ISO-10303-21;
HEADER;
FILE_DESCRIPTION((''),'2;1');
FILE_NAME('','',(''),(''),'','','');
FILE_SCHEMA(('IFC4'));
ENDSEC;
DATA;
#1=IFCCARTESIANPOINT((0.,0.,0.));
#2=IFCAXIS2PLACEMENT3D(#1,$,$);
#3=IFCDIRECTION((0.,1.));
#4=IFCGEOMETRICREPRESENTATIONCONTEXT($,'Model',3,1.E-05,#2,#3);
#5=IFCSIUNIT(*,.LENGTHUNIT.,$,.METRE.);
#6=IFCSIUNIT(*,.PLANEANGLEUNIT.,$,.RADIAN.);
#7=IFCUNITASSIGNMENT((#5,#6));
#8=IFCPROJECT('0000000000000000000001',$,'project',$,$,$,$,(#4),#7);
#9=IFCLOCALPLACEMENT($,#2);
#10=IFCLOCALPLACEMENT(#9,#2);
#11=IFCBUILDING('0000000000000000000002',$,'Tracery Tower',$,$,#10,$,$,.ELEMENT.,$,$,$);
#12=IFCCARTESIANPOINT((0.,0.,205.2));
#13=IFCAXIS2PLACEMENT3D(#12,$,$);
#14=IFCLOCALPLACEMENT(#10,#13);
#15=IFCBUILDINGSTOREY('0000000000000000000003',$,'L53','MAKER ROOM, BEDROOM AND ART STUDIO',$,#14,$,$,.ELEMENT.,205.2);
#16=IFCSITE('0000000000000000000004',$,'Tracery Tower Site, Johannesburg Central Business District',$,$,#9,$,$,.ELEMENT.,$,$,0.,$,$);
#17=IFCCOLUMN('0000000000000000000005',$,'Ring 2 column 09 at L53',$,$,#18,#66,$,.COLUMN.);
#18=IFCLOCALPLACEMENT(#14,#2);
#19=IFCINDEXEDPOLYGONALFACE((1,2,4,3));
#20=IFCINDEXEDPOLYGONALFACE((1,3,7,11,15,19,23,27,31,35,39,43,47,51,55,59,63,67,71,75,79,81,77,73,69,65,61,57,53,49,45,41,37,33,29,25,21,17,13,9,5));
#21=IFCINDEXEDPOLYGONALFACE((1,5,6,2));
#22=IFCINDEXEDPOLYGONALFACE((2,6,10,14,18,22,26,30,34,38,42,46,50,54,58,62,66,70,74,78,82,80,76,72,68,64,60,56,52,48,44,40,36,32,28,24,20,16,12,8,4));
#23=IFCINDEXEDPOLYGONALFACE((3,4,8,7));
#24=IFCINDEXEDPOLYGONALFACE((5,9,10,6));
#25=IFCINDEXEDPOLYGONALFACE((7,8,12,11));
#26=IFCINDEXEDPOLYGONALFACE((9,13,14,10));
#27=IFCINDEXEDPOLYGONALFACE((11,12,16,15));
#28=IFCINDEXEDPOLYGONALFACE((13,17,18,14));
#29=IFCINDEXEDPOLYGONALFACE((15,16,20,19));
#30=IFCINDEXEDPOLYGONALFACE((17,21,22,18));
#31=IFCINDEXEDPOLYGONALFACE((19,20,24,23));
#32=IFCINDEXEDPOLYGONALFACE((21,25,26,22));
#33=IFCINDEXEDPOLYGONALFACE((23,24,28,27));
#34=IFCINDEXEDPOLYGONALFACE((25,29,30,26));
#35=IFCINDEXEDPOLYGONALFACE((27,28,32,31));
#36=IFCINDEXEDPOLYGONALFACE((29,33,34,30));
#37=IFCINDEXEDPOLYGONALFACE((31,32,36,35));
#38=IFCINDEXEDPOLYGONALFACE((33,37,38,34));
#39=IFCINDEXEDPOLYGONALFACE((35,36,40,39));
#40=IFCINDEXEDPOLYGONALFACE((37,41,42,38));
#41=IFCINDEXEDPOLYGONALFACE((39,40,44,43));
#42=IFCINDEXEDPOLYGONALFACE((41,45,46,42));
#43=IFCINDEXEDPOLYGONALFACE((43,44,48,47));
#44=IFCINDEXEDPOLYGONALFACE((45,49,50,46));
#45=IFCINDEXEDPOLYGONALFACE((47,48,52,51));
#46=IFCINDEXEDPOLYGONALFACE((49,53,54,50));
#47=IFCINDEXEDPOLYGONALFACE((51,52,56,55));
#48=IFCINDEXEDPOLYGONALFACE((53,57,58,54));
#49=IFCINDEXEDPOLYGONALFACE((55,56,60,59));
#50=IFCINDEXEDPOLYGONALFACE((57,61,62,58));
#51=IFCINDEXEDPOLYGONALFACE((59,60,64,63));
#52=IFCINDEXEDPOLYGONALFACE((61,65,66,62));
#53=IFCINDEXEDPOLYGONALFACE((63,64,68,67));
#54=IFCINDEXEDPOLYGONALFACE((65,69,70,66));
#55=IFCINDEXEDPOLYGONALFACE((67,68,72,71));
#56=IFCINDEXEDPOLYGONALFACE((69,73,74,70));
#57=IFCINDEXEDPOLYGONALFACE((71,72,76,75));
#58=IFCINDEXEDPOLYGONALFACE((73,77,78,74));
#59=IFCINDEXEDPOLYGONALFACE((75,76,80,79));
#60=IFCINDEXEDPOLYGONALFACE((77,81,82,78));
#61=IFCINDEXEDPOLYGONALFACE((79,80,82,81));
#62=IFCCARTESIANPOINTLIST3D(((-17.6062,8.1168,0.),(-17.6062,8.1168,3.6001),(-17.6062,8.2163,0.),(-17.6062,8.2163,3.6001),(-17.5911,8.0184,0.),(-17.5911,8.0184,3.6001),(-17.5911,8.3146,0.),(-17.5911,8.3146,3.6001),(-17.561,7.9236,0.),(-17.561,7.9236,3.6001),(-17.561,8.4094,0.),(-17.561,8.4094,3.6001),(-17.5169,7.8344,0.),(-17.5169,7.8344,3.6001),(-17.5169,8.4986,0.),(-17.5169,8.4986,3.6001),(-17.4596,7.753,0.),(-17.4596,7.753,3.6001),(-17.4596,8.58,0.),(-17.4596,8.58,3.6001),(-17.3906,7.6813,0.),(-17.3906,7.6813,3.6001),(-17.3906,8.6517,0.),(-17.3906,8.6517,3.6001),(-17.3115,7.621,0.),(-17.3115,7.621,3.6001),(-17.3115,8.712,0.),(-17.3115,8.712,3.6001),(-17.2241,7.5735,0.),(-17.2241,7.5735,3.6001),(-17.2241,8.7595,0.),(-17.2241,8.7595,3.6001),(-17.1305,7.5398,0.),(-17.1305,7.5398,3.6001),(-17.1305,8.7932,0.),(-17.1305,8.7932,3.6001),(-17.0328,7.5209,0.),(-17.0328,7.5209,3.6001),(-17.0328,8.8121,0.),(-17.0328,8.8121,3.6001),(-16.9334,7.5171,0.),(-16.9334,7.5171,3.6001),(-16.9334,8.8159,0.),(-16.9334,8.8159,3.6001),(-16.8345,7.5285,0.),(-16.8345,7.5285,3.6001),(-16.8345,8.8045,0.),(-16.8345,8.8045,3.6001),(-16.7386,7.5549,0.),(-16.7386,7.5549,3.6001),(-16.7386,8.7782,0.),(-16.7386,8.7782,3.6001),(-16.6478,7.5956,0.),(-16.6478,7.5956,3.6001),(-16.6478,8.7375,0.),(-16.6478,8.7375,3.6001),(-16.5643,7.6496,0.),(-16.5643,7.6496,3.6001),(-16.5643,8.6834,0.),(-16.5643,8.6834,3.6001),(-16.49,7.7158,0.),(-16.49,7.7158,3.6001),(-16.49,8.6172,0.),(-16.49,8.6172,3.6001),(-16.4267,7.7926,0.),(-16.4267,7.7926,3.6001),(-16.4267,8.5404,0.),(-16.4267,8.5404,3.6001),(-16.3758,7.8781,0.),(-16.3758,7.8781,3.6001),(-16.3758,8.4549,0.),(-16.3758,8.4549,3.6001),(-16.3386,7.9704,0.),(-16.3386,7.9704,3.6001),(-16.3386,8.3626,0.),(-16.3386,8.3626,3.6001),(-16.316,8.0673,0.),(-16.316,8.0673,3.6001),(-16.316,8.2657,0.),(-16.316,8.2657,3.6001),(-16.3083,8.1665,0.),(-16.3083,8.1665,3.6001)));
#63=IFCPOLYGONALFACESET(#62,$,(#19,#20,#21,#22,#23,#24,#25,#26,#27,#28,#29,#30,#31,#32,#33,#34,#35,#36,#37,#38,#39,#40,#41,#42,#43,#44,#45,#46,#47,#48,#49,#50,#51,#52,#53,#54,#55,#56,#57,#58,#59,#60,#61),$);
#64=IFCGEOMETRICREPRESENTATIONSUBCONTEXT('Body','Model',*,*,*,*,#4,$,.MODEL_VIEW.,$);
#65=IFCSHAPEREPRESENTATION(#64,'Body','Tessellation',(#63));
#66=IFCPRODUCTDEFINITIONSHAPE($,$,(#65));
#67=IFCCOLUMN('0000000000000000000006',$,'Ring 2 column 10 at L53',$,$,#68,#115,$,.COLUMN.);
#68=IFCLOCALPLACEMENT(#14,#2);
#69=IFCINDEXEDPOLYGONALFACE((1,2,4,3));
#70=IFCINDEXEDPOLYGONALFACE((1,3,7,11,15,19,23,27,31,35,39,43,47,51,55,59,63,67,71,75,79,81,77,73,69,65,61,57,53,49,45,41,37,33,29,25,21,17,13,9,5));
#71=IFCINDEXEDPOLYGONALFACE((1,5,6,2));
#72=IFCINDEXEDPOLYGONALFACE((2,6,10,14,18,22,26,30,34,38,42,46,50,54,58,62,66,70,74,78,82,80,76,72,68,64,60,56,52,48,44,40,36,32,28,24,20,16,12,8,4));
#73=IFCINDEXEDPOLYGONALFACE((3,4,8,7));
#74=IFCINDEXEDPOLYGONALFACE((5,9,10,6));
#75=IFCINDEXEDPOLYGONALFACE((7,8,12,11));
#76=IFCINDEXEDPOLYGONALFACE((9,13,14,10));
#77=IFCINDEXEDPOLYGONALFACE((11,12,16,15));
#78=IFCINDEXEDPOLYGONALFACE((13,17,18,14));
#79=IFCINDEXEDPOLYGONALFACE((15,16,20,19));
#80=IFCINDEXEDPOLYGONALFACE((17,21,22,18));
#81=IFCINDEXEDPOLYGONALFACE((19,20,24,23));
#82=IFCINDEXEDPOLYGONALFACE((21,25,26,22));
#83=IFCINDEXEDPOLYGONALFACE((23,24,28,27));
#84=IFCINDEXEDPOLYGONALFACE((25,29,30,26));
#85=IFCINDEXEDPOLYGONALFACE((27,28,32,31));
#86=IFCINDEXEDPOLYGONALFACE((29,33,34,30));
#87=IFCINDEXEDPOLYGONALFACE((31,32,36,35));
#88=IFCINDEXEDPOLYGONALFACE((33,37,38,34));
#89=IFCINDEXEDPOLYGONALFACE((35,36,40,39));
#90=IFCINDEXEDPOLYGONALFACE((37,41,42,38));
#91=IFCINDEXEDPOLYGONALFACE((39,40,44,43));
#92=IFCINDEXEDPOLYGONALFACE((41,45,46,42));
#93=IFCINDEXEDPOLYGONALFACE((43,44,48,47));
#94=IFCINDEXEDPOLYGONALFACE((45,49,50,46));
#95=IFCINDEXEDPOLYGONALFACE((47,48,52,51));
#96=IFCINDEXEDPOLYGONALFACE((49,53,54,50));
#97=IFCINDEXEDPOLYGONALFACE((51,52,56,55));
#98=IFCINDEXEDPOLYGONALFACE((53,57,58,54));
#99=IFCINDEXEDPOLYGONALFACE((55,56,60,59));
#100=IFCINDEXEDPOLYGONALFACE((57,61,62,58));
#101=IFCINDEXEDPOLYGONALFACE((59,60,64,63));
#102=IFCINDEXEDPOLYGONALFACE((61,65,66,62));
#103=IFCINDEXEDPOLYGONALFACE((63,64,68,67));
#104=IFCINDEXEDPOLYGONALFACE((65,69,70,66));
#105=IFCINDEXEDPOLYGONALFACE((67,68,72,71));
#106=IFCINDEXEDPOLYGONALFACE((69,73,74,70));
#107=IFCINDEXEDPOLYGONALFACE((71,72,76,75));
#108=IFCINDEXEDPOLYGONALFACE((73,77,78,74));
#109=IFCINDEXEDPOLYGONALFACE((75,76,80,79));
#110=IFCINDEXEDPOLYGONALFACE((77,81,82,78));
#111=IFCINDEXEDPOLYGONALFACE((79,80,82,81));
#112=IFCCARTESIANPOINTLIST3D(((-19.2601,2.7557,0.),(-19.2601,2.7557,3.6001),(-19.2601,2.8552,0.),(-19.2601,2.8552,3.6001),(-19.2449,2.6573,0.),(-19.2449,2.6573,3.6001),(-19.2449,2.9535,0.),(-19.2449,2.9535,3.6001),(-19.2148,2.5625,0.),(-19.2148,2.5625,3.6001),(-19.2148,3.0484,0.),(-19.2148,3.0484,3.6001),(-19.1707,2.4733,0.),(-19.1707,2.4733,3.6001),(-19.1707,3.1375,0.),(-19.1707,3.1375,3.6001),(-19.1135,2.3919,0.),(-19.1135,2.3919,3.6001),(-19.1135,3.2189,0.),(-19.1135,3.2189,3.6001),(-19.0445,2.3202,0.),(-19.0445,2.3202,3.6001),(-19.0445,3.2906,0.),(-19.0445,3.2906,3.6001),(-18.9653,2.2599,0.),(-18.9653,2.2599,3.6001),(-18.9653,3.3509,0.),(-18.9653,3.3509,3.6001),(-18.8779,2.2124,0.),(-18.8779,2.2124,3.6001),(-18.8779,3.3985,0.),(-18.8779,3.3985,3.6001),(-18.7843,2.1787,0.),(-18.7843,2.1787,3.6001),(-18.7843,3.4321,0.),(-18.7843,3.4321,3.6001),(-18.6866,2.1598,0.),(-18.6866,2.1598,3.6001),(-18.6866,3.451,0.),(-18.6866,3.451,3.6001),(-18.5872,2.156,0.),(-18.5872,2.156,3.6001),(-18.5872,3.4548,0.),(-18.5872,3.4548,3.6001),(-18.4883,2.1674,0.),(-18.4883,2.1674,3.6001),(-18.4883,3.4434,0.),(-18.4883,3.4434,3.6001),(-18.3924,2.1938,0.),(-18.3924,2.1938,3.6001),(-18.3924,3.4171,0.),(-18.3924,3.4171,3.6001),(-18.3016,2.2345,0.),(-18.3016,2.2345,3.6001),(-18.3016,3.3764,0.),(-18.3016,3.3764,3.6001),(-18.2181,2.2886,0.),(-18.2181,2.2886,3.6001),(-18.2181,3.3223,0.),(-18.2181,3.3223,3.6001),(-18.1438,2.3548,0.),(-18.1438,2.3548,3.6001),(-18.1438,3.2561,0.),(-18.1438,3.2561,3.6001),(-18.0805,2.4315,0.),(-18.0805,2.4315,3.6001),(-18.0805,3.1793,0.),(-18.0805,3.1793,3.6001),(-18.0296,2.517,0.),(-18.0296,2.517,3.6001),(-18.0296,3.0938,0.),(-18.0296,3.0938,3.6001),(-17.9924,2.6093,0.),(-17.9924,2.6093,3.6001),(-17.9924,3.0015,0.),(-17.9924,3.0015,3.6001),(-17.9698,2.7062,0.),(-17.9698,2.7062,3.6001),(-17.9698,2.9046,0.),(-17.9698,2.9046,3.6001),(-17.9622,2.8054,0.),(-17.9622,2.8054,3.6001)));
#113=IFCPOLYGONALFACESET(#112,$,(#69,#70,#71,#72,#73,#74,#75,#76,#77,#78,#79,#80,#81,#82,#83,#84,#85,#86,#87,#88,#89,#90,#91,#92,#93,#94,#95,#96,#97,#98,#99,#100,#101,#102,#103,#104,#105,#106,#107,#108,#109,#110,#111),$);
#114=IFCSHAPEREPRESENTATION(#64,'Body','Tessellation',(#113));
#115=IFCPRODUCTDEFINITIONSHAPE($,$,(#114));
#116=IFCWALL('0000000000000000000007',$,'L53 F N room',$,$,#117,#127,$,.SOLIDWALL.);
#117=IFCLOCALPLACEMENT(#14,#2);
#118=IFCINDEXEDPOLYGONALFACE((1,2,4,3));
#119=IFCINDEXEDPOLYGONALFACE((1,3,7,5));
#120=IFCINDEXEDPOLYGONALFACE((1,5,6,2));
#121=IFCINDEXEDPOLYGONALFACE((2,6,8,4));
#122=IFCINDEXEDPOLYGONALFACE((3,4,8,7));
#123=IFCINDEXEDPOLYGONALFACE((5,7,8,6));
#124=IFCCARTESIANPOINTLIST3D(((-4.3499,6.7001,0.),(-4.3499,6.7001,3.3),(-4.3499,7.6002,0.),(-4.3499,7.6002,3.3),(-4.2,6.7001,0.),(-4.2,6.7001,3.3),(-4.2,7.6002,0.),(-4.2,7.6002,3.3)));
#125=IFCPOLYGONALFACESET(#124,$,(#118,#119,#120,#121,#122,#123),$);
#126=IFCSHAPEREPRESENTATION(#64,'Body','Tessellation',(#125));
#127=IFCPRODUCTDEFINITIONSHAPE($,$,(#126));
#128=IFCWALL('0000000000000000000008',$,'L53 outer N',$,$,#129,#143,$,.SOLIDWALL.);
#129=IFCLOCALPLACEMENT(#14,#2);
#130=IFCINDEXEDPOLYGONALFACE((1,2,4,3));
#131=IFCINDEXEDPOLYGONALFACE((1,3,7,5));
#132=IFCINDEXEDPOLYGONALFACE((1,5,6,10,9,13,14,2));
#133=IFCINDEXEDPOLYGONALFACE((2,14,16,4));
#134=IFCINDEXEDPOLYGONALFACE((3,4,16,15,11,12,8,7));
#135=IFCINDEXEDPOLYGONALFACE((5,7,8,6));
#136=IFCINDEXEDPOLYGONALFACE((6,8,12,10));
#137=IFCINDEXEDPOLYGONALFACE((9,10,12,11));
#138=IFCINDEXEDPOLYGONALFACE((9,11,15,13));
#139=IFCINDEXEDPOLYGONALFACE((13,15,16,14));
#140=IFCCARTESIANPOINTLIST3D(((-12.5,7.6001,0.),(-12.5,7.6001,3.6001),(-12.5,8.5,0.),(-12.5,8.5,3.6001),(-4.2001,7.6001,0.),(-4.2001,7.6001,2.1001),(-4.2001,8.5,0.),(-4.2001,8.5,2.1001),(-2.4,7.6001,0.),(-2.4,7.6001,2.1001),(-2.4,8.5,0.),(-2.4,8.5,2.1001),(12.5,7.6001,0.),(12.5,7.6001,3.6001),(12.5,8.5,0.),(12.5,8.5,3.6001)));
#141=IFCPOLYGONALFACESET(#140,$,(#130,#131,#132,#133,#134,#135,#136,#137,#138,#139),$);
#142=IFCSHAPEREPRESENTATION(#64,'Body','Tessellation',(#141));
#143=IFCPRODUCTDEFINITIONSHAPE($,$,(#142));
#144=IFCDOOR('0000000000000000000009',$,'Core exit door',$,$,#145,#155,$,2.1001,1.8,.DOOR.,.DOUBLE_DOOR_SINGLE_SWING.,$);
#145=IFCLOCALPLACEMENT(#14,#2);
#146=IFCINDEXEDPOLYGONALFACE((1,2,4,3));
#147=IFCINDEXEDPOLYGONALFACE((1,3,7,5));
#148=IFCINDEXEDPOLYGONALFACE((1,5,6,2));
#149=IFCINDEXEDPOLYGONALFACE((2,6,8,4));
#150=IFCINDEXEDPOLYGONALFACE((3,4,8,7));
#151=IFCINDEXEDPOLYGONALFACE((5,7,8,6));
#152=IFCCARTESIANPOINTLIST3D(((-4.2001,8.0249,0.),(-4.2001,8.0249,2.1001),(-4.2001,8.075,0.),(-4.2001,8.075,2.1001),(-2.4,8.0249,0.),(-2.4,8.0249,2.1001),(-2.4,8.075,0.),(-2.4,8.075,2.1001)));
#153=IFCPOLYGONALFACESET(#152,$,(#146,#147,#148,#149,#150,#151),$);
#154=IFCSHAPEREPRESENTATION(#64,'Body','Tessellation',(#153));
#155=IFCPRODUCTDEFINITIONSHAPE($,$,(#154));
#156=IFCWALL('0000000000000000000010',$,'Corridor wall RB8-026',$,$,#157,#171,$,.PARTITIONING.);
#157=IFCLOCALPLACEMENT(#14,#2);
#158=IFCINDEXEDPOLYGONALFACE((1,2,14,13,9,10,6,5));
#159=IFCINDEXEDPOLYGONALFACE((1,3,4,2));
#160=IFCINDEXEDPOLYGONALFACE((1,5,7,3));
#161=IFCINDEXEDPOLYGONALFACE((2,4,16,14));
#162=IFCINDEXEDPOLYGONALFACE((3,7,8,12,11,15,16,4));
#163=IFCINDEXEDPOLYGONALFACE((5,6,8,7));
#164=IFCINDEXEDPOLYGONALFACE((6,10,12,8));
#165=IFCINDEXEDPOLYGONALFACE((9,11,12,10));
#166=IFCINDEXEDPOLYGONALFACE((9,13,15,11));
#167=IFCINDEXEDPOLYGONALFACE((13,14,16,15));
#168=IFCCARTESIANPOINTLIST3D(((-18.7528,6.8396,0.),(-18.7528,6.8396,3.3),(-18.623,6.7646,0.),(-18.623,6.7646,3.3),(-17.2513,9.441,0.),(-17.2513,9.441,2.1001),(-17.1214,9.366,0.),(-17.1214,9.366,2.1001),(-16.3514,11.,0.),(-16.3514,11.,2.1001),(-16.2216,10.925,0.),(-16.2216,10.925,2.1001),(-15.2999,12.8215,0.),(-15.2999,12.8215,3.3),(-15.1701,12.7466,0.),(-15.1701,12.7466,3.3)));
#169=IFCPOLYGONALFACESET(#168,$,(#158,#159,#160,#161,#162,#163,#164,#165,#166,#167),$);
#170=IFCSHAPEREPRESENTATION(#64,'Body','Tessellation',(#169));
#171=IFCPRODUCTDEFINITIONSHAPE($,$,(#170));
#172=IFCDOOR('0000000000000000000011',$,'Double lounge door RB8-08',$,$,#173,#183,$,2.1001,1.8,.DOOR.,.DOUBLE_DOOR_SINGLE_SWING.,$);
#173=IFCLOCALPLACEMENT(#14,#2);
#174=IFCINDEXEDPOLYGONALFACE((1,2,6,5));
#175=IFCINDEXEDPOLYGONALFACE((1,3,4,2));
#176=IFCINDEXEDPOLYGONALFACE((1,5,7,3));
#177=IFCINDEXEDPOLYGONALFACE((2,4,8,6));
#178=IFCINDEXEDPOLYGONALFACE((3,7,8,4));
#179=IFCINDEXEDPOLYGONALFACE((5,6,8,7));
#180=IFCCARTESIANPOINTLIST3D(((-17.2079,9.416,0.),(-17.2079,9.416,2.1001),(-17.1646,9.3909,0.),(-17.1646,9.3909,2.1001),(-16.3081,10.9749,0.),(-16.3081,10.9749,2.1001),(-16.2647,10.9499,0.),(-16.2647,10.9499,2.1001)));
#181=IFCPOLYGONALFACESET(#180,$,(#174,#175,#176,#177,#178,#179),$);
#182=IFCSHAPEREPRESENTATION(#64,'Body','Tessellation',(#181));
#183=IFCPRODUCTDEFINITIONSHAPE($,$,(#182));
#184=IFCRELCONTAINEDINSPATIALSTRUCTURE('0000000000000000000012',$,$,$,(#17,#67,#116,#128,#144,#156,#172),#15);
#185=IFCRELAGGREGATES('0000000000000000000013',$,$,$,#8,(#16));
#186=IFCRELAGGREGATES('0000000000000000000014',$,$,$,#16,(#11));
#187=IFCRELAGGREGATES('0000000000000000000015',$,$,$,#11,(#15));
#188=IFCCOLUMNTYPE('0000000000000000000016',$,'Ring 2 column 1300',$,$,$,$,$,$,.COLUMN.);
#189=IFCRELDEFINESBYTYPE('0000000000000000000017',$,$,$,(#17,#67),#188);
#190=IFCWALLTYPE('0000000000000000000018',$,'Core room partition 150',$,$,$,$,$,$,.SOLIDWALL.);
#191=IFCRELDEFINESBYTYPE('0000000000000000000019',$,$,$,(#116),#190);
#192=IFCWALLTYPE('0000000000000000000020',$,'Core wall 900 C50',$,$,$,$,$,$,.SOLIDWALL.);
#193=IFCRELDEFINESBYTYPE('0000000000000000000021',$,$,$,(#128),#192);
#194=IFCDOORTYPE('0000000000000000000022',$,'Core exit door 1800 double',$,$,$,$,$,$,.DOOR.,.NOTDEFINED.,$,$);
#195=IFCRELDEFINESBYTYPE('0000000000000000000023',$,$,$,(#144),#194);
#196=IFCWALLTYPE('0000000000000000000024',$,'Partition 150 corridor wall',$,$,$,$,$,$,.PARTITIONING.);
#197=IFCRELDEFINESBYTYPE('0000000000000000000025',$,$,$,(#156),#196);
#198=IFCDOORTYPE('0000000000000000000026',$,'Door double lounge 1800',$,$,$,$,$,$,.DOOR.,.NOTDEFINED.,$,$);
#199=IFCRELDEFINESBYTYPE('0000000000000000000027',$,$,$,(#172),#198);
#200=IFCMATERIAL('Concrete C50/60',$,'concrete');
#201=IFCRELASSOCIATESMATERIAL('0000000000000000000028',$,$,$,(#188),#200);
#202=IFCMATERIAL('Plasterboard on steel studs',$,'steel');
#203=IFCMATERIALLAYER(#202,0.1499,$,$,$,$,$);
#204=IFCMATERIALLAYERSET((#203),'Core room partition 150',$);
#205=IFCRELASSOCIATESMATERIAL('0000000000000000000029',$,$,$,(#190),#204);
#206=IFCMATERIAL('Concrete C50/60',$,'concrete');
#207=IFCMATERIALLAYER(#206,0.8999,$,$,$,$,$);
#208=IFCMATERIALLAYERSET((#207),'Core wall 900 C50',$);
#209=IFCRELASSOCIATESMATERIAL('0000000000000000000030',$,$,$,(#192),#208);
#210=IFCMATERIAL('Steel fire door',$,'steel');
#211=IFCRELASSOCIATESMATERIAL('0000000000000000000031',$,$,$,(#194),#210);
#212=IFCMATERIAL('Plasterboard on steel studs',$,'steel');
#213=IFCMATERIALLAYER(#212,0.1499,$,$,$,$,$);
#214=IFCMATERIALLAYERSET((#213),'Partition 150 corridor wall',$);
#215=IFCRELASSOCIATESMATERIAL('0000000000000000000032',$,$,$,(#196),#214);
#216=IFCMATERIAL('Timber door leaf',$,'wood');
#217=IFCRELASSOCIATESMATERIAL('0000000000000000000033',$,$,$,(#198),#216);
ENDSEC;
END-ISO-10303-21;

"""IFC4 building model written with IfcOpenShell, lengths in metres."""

from ifc_helpers import new_model, si_unit, direction, frame, frame_2d, origin, origin_2d, place, context, subcontext, project, spatial, rectangle, circle, extrude, material, layer, layer_set, material_profile, profile_set, type_object, element, fill, save


model = new_model("IFC4")

# Units and contexts
model_context = context("Model", 3, precision=1e-05, world=origin(), true_north=direction((0.0, 1.0)))
body_context = subcontext(model_context, "Body", "Model", "MODEL_VIEW")
ifc_project = project(units=[si_unit("LENGTHUNIT", "METRE"), si_unit("PLANEANGLEUNIT", "RADIAN")], contexts=[model_context])

# Site, building, storey
site_placement = place(None, origin())
site = spatial("IfcSite", under=ifc_project, at=site_placement, Name="Tracery Tower Site, Johannesburg Central Business District", CompositionType="ELEMENT", RefElevation=0.0)
building_placement = place(site_placement, origin())
building = spatial("IfcBuilding", under=site, at=building_placement, Name="Tracery Tower", CompositionType="ELEMENT")
storey_placement = place(building_placement, frame((0.0, 0.0, 205.2)))
storey = spatial("IfcBuildingStorey", under=building, at=storey_placement, Name="L53", Description="MAKER ROOM, BEDROOM AND ART STUDIO", CompositionType="ELEMENT", Elevation=205.2)

# Columns
ifc_material_1 = material(Name="Concrete C50/60", Category="concrete")
ifc_material_profile = material_profile(ifc_material_1, circle(Radius=0.6499, at=origin_2d()), Name="RC D1300")
ifc_profile_set = profile_set([ifc_material_profile], Name="Concrete C50/60")
column_type = type_object("IfcColumnType", Name="Ring 2 column 1300", PredefinedType="COLUMN", material=ifc_profile_set)
for number, where, z_axis, x_axis, name in (
    (1, (-16.9583, 8.1665, 0.0), (0.0, 0.0, 1.0), (1.0, 0.0, 0.0), "Ring 2 column 09 at L53"),
    (2, (-18.6121, 2.8054, 0.0), (0.0, 0.0, 1.0), (1.0, 0.0, 0.0), "Ring 2 column 10 at L53"),
):
    element("IfcColumn", number, at=place(storey_placement, frame(where, z_axis=z_axis, x_axis=x_axis)), inside=storey, type_object=column_type, Name=name, PredefinedType="COLUMN", context=body_context, shape_type="SweptSolid", body=[
        extrude(circle(Radius=0.6499, at=origin_2d()), origin(), (0.0, 0.0, 1.0), 3.6001),
    ])

# Wall
ifc_material_2 = material(Name="Plasterboard on steel studs", Category="steel")
ifc_layer_1 = layer(ifc_material_2, 0.1499)
ifc_layer_set_1 = layer_set([ifc_layer_1], Name="Core room partition 150")
wall_type_1 = type_object("IfcWallType", Name="Core room partition 150", PredefinedType="SOLIDWALL", material=ifc_layer_set_1)
wall_1_placement = place(storey_placement, frame((-4.2749, 6.7, 0.0), z_axis=(0.0, 0.0, 1.0), x_axis=(0.0, 1.0, 0.0)))
element("IfcWall", 3, at=wall_1_placement, inside=storey, type_object=wall_type_1, Name="L53 F N room", PredefinedType="SOLIDWALL", context=body_context, shape_type="SweptSolid", body=[
    extrude(rectangle(XDim=0.9001, YDim=0.1499, at=frame_2d((0.4502, 0.0))), origin(), (0.0, 0.0, 1.0), 3.3),
])

# Walls, openings, doors
ifc_material_3 = material(Name="Concrete C50/60", Category="concrete")
ifc_layer_2 = layer(ifc_material_3, 0.8999)
ifc_layer_set_2 = layer_set([ifc_layer_2], Name="Core wall 900 C50")
wall_type_2 = type_object("IfcWallType", Name="Core wall 900 C50", PredefinedType="SOLIDWALL", material=ifc_layer_set_2)
wall_2_placement = place(storey_placement, frame((-12.5, 8.05, 0.0), z_axis=(0.0, 0.0, 1.0), x_axis=(1.0, 0.0, 0.0)))
wall_2 = element("IfcWall", 4, at=wall_2_placement, inside=storey, type_object=wall_type_2, Name="L53 outer N", PredefinedType="SOLIDWALL", context=body_context, shape_type="SweptSolid", body=[
    extrude(rectangle(XDim=25.0, YDim=0.8999, at=frame_2d((12.5, 0.0))), origin(), (0.0, 0.0, 1.0), 3.6001),
])
opening_1_placement = place(wall_2_placement, frame((8.3, 0.0, 0.0)))
opening_1 = element("IfcOpeningElement", 5, at=opening_1_placement, cuts=wall_2, PredefinedType="OPENING", context=body_context, shape_type="SweptSolid", body=[
    extrude(rectangle(XDim=1.8, YDim=2.1001, at=frame_2d((0.8999, 1.05))), frame((0.0, 0.45, 0.0), z_axis=(0.0, -1.0, 0.0), x_axis=(1.0, 0.0, 0.0)), (0.0, 0.0, 1.0), 0.8999),
])
ifc_material_4 = material(Name="Steel fire door", Category="steel")
door_type_1 = type_object("IfcDoorType", Name="Core exit door 1800 double", OperationType="NOTDEFINED", PredefinedType="DOOR", material=ifc_material_4)
door_1_placement = place(opening_1_placement, origin())
door_1 = element("IfcDoor", 6, at=door_1_placement, inside=storey, type_object=door_type_1, Name="Core exit door", OperationType="DOUBLE_DOOR_SINGLE_SWING", OverallHeight=2.1001, OverallWidth=1.8, PredefinedType="DOOR", context=body_context, shape_type="SweptSolid", body=[
    extrude(rectangle(XDim=1.8, YDim=2.1001, at=frame_2d((0.8999, 1.05))), frame((0.0, 0.0249, 0.0), z_axis=(0.0, -1.0, 0.0), x_axis=(1.0, 0.0, 0.0)), (0.0, 0.0, 1.0), 0.05),
])
fill(opening_1, door_1)
ifc_material_5 = material(Name="Plasterboard on steel studs", Category="steel")
ifc_layer_3 = layer(ifc_material_5, 0.1499)
ifc_layer_set_3 = layer_set([ifc_layer_3], Name="Partition 150 corridor wall")
wall_type_3 = type_object("IfcWallType", Name="Partition 150 corridor wall", PredefinedType="PARTITIONING", material=ifc_layer_set_3)
wall_3_placement = place(storey_placement, frame((-18.688, 6.802, 0.0), z_axis=(0.0, 0.0, 1.0), x_axis=(0.499914, 0.866075, 0.0)))
wall_3 = element("IfcWall", 7, at=wall_3_placement, inside=storey, type_object=wall_type_3, Name="Corridor wall RB8-026", PredefinedType="PARTITIONING", context=body_context, shape_type="SweptSolid", body=[
    extrude(rectangle(XDim=6.907, YDim=0.1499, at=frame_2d((3.4536, 0.0))), origin(), (0.0, 0.0, 1.0), 3.3),
])
opening_2_placement = place(wall_3_placement, frame((3.0039, 0.0, 0.0)))
opening_2 = element("IfcOpeningElement", 8, at=opening_2_placement, cuts=wall_3, PredefinedType="OPENING", context=body_context, shape_type="SweptSolid", body=[
    extrude(rectangle(XDim=1.8, YDim=2.1001, at=frame_2d((0.8999, 1.05))), frame((0.0, 0.075, 0.0), z_axis=(0.0, -1.0, 0.0), x_axis=(1.0, 0.0, 0.0)), (0.0, 0.0, 1.0), 0.1499),
])
ifc_material_6 = material(Name="Timber door leaf", Category="wood")
door_type_2 = type_object("IfcDoorType", Name="Door double lounge 1800", OperationType="NOTDEFINED", PredefinedType="DOOR", material=ifc_material_6)
door_2_placement = place(opening_2_placement, origin())
door_2 = element("IfcDoor", 9, at=door_2_placement, inside=storey, type_object=door_type_2, Name="Double lounge door RB8-08", OperationType="DOUBLE_DOOR_SINGLE_SWING", OverallHeight=2.1001, OverallWidth=1.8, PredefinedType="DOOR", context=body_context, shape_type="SweptSolid", body=[
    extrude(rectangle(XDim=1.8, YDim=2.1001, at=frame_2d((0.8999, 1.05))), frame((0.0, 0.0249, 0.0), z_axis=(0.0, -1.0, 0.0), x_axis=(1.0, 0.0, 0.0)), (0.0, 0.0, 1.0), 0.05),
])
fill(opening_2, door_2)

save(model, "model.ifc")
